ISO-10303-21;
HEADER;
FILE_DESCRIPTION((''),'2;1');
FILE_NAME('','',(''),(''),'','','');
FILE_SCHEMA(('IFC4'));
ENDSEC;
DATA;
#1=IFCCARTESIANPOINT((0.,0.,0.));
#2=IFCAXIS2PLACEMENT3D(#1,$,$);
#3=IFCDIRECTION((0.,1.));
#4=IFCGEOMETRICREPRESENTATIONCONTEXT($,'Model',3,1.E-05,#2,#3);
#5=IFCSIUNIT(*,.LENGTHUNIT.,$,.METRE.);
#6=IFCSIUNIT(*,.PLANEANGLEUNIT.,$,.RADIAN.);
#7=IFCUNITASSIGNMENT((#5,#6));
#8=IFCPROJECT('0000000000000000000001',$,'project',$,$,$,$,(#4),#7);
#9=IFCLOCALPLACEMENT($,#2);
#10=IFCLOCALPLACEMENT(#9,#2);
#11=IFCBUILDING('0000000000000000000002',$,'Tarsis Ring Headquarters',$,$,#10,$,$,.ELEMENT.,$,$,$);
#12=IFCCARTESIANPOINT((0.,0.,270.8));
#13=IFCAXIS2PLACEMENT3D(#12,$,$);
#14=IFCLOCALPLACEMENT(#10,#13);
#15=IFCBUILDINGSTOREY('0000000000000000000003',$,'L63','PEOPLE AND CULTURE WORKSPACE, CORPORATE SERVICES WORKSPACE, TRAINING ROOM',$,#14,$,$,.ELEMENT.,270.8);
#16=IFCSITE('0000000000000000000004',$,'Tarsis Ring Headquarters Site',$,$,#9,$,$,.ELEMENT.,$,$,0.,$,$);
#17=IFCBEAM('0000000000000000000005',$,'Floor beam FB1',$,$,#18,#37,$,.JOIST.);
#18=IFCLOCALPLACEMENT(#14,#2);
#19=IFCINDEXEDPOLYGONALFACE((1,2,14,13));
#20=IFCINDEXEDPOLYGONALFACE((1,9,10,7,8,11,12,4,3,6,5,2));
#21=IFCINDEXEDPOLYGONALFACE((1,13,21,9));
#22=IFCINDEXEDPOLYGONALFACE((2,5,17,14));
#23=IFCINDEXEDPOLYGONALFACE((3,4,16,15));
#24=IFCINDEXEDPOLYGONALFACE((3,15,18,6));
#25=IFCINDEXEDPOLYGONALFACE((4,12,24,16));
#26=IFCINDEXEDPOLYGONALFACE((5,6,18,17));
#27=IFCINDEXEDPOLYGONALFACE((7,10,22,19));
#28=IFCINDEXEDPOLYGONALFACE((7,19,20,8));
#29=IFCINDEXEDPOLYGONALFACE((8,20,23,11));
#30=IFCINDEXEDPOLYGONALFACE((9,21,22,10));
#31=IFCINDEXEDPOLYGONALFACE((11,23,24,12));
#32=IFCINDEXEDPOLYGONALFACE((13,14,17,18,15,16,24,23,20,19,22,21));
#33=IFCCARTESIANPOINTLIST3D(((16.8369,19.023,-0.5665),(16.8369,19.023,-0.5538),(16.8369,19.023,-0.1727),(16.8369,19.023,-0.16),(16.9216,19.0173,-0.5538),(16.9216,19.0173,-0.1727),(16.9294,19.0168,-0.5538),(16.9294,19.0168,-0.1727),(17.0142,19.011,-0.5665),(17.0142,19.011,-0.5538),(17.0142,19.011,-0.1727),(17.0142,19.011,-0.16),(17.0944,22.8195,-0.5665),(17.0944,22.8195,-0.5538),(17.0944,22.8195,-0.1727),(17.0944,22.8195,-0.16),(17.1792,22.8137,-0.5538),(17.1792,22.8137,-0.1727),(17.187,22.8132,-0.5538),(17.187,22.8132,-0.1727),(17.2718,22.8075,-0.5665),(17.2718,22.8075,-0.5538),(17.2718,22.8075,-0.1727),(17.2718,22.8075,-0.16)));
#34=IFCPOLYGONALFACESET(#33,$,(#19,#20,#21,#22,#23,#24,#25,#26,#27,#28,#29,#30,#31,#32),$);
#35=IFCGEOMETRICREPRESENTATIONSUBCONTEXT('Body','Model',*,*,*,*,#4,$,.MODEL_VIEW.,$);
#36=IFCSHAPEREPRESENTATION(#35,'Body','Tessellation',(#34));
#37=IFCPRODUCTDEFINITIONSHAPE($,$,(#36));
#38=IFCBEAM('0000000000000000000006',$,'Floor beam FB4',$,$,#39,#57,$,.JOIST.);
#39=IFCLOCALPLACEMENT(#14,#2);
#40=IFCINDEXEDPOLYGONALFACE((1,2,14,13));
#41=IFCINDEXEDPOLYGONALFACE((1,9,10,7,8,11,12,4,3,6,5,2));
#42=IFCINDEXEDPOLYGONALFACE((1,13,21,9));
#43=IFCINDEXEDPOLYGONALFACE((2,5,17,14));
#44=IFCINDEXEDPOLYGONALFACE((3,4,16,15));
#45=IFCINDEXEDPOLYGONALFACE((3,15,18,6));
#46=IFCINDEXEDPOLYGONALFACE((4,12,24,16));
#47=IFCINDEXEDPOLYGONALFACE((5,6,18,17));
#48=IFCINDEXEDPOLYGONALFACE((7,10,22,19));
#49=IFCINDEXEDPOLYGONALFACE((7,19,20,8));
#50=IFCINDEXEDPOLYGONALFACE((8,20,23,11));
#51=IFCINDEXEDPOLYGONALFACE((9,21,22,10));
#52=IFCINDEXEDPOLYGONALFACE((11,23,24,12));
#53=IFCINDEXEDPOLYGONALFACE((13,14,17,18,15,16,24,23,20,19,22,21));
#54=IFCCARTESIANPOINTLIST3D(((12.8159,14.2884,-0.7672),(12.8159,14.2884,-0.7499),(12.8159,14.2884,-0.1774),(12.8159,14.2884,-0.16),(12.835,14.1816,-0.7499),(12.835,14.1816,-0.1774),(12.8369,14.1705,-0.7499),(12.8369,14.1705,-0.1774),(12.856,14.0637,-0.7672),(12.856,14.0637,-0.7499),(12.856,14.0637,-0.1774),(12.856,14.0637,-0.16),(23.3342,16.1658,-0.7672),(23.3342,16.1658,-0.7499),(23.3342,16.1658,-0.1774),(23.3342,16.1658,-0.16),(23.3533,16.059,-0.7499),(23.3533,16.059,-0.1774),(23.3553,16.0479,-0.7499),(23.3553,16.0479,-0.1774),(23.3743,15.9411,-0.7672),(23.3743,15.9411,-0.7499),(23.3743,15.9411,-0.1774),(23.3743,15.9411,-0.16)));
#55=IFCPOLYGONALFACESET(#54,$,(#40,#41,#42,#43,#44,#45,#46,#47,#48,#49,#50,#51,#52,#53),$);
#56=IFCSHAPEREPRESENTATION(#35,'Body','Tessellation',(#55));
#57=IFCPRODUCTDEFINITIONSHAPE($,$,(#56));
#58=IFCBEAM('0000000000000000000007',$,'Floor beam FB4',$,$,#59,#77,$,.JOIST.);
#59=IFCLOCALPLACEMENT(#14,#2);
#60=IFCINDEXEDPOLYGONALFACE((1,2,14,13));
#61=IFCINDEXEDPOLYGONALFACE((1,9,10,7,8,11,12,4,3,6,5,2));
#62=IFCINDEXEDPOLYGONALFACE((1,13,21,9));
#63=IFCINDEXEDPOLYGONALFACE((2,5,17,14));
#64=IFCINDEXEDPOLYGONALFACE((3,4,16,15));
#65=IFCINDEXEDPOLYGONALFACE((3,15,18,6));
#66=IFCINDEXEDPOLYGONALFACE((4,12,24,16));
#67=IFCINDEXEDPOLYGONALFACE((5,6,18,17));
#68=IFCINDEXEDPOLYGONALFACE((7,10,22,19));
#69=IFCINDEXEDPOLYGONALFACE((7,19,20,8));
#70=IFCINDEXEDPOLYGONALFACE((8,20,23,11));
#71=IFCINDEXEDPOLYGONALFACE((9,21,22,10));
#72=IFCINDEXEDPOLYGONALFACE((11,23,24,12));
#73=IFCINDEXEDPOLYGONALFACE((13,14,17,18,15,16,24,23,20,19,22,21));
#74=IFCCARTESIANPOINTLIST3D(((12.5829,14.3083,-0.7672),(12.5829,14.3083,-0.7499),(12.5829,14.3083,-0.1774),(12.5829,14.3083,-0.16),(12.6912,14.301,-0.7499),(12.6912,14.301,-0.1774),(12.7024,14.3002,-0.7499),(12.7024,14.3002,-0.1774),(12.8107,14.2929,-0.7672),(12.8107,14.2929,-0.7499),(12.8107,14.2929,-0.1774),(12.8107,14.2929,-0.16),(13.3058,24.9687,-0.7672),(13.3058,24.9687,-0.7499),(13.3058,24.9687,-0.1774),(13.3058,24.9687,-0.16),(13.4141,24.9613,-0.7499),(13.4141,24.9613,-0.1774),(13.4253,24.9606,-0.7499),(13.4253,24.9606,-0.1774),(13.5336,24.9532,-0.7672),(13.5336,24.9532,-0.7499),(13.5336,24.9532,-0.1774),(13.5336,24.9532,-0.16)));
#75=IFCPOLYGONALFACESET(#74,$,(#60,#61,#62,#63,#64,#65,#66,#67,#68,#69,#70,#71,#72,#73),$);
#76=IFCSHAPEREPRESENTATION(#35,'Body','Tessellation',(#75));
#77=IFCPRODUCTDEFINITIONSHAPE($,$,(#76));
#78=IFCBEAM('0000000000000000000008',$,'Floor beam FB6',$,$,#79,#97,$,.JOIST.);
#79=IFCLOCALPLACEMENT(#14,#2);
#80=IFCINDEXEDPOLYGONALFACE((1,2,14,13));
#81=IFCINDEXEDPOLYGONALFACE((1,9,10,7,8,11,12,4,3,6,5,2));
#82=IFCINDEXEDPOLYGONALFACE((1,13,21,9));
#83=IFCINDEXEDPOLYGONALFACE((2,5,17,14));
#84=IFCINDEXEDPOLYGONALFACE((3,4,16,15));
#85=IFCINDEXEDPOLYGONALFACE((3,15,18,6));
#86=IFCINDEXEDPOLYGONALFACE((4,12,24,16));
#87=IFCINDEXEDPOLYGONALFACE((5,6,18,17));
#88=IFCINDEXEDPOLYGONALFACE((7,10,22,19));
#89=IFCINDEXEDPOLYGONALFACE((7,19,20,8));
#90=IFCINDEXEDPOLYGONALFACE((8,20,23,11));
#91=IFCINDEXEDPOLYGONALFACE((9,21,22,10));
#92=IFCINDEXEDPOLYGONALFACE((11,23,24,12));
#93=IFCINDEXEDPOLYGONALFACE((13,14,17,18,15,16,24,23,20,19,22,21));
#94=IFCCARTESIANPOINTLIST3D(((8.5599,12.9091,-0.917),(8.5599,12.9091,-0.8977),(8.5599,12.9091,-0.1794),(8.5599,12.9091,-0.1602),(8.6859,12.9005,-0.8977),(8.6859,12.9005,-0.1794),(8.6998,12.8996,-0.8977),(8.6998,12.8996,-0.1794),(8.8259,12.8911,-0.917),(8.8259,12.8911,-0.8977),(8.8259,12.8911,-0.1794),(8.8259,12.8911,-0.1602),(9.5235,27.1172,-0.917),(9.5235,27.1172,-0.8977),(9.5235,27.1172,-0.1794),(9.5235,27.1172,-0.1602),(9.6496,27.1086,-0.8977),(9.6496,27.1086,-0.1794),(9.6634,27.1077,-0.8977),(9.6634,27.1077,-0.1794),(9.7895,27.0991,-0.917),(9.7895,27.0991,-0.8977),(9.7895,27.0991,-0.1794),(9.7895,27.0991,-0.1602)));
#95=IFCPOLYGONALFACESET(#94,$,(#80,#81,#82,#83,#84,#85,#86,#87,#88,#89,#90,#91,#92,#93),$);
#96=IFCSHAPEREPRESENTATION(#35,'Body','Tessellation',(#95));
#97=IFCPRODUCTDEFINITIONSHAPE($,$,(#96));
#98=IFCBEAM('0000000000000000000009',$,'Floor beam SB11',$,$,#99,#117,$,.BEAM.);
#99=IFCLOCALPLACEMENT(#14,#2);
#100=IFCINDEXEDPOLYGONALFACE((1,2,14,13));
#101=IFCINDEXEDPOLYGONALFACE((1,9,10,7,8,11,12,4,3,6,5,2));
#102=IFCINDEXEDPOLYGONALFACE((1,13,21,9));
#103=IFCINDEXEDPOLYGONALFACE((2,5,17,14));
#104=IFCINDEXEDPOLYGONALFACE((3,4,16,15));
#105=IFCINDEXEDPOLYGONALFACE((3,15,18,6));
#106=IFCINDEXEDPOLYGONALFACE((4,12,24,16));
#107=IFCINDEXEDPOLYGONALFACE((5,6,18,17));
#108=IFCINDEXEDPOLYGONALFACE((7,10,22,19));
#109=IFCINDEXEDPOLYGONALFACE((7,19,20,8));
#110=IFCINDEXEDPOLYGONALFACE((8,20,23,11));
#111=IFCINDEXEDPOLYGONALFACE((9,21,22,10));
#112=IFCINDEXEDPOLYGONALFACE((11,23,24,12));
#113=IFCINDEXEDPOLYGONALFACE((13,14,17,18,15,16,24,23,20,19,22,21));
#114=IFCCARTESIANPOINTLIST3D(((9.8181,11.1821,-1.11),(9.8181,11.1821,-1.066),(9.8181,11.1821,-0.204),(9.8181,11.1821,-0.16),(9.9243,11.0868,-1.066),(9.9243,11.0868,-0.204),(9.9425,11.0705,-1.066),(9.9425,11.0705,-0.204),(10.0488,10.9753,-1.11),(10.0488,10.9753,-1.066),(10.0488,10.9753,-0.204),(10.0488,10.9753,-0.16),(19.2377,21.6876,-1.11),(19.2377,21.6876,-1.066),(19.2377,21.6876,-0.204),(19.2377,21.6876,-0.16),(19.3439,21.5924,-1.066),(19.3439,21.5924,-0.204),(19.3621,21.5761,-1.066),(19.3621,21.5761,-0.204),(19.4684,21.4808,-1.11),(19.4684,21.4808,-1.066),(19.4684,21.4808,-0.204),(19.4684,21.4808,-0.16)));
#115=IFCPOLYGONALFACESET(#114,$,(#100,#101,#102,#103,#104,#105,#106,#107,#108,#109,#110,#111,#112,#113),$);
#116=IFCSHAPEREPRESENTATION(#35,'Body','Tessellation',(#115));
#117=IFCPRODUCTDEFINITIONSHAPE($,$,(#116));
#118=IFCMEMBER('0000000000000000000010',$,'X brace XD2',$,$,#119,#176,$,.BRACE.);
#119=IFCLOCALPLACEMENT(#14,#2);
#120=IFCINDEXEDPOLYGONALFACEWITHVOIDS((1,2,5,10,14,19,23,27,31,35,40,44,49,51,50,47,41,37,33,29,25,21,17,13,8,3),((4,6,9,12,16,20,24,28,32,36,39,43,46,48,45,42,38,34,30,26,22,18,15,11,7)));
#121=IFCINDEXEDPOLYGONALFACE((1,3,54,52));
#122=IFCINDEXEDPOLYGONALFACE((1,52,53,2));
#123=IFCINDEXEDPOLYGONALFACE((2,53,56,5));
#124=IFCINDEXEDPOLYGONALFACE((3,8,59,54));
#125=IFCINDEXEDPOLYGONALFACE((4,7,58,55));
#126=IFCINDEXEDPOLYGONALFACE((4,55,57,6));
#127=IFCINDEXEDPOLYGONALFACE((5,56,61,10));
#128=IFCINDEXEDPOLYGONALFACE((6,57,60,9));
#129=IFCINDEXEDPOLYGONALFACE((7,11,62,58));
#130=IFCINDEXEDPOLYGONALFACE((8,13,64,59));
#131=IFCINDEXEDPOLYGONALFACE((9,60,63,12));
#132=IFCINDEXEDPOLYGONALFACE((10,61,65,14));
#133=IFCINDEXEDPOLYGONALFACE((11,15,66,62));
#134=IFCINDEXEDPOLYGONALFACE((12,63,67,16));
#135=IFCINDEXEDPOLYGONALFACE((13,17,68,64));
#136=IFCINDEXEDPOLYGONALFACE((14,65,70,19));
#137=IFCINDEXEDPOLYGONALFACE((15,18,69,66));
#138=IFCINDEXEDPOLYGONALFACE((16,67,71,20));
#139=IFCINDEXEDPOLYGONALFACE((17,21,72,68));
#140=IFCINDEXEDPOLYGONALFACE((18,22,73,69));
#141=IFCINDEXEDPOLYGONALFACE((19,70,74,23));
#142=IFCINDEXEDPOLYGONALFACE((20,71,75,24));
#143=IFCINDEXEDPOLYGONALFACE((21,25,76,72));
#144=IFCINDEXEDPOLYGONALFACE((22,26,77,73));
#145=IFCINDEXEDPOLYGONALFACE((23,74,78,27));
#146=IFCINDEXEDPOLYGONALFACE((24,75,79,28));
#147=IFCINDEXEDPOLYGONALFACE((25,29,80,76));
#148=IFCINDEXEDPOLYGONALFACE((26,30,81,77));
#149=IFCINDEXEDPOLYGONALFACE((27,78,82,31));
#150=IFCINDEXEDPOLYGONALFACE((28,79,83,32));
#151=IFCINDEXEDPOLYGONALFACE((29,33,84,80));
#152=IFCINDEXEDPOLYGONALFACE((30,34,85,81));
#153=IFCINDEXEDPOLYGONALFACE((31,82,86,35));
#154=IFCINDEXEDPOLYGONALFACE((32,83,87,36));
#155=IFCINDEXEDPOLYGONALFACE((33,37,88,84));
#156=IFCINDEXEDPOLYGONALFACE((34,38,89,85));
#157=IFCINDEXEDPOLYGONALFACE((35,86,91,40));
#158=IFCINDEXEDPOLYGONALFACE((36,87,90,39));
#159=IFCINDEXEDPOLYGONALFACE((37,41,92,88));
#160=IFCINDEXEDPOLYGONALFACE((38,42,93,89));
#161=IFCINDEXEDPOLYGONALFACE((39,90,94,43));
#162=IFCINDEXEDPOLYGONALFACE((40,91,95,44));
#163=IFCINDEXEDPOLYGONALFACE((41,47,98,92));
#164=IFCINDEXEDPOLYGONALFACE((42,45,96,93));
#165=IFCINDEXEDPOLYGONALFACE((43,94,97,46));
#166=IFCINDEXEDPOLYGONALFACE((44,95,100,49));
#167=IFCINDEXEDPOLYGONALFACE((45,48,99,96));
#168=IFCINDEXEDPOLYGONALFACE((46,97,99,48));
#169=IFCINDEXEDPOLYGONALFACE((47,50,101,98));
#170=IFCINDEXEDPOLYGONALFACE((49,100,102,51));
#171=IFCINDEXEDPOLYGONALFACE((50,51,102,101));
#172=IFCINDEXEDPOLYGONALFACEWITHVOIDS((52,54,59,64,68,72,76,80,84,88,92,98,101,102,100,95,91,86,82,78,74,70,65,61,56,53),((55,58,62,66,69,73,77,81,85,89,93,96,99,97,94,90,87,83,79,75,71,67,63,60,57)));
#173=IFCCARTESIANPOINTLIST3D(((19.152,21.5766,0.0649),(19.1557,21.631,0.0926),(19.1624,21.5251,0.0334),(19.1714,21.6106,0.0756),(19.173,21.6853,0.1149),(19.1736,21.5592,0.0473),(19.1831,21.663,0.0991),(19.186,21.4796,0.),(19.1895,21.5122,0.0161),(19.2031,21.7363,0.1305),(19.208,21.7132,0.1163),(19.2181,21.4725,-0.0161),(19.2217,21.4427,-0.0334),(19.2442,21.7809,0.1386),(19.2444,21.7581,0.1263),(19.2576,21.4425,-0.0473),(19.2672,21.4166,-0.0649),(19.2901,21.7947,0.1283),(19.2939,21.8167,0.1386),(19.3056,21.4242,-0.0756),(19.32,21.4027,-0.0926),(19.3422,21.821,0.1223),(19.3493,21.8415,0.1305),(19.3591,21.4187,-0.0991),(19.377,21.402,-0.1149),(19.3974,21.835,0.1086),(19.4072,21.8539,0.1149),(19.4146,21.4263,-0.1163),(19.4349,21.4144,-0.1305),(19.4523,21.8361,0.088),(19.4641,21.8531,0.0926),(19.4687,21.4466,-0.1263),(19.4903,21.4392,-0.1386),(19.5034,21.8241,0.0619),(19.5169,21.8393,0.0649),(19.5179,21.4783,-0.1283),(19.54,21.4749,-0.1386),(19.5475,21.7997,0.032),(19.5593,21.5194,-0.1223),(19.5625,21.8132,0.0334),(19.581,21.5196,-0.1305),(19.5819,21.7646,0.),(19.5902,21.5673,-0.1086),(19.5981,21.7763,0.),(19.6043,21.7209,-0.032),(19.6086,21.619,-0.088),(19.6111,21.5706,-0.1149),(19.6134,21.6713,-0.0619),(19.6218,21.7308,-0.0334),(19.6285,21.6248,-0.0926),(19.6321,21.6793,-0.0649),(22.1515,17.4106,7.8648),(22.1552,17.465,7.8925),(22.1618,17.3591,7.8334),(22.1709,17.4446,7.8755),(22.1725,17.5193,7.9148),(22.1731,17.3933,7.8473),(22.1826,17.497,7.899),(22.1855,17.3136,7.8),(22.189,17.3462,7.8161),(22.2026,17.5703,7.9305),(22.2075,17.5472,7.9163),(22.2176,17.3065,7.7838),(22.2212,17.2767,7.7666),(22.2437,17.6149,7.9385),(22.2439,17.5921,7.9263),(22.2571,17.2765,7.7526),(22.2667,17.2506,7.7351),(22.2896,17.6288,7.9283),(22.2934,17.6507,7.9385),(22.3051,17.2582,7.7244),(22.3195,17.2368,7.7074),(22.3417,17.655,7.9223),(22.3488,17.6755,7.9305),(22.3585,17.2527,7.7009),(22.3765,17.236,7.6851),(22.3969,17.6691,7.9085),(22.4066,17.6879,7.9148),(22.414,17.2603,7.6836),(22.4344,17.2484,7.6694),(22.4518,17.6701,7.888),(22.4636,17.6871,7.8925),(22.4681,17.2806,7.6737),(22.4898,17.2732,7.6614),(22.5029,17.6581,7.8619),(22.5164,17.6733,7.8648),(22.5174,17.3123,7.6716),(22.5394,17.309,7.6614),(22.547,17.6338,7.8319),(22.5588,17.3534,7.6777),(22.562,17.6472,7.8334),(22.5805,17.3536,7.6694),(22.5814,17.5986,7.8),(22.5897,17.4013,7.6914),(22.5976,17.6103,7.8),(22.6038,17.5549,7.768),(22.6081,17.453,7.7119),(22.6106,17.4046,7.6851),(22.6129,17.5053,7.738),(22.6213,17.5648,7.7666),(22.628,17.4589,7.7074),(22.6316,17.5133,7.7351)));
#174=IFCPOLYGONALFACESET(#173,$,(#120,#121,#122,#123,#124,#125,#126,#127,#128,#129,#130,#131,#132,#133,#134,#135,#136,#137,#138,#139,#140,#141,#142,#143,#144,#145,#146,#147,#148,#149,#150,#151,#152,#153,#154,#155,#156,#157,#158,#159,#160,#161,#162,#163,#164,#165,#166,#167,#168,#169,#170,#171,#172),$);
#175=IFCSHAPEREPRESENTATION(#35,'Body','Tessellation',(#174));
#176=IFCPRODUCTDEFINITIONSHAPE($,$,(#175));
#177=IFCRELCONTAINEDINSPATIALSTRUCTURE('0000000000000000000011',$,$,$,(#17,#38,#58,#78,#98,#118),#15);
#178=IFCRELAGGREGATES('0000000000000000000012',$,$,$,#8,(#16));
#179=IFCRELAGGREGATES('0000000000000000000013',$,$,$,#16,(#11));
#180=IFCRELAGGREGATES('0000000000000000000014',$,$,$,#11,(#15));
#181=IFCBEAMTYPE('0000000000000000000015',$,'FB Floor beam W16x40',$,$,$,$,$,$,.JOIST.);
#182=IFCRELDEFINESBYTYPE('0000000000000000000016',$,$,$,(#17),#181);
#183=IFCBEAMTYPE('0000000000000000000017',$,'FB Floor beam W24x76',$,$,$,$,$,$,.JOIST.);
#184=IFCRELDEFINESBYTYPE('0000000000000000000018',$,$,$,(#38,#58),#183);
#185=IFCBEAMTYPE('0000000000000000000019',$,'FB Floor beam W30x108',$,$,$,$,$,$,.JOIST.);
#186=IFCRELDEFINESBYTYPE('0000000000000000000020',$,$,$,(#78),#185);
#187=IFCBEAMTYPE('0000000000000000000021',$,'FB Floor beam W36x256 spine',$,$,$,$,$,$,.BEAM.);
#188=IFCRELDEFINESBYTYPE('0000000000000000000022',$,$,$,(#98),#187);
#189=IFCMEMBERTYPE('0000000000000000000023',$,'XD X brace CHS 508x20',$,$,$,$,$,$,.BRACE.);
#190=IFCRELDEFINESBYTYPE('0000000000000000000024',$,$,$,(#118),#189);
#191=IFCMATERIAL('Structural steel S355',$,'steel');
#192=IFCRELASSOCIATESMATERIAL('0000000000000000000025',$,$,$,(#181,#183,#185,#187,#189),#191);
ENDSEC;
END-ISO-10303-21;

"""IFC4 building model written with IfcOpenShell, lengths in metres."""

from ifc_helpers import new_model, si_unit, direction, frame, origin, origin_2d, place, context, subcontext, project, spatial, hollow_circle, i_section, extrude, material, material_profile, profile_set, type_object, element, save


model = new_model("IFC4")

# Units and contexts
model_context = context("Model", 3, precision=1e-05, world=origin(), true_north=direction((0.0, 1.0)))
body_context = subcontext(model_context, "Body", "Model", "MODEL_VIEW")
ifc_project = project(units=[si_unit("LENGTHUNIT", "METRE"), si_unit("PLANEANGLEUNIT", "RADIAN")], contexts=[model_context])

# Site, building, storey
site_placement = place(None, origin())
site = spatial("IfcSite", under=ifc_project, at=site_placement, Name="Tarsis Ring Headquarters Site", CompositionType="ELEMENT", RefElevation=0.0)
building_placement = place(site_placement, origin())
building = spatial("IfcBuilding", under=site, at=building_placement, Name="Tarsis Ring Headquarters", CompositionType="ELEMENT")
storey_placement = place(building_placement, frame((0.0, 0.0, 270.8)))
storey = spatial("IfcBuildingStorey", under=building, at=storey_placement, Name="L63", Description="PEOPLE AND CULTURE WORKSPACE, CORPORATE SERVICES WORKSPACE, TRAINING ROOM", CompositionType="ELEMENT", Elevation=270.8)

# Shared definitions
ifc_material_1 = material(Name="Structural steel S355", Category="steel")

# Beams
ifc_material_profile_1 = material_profile(ifc_material_1, i_section(OverallWidth=0.1777, OverallDepth=0.4065, WebThickness=0.0078, FlangeThickness=0.0127, at=origin_2d()), Name="W16x40")
ifc_profile_set_1 = profile_set([ifc_material_profile_1], Name="Structural steel S355")
beam_type_1 = type_object("IfcBeamType", Name="FB Floor beam W16x40", PredefinedType="JOIST", material=ifc_profile_set_1)
beam_1_placement = place(storey_placement, frame((17.1831, 22.8135, -0.3633), z_axis=(-0.06769, -0.997706, 0.0), x_axis=(0.997706, -0.06769, 0.0)))
element("IfcBeam", 1, at=beam_1_placement, inside=storey, type_object=beam_type_1, Name="Floor beam FB1", PredefinedType="JOIST", context=body_context, shape_type="SweptSolid", body=[
    extrude(i_section(OverallWidth=0.1777, OverallDepth=0.4065, WebThickness=0.0078, FlangeThickness=0.0127, at=origin_2d()), origin(), (0.0, 0.0, 1.0), 3.8052),
])
ifc_material_profile_2 = material_profile(ifc_material_1, i_section(OverallWidth=0.2283, OverallDepth=0.6072, WebThickness=0.0112, FlangeThickness=0.0173, at=origin_2d()), Name="W24x76")
ifc_profile_set_2 = profile_set([ifc_material_profile_2], Name="Structural steel S355")
beam_type_2 = type_object("IfcBeamType", Name="FB Floor beam W24x76", PredefinedType="JOIST", material=ifc_profile_set_2)
beam_2_placement = place(storey_placement, frame((12.8359, 14.176, -0.4636), z_axis=(0.984441, 0.175716, 0.0), x_axis=(-0.175716, 0.984441, 0.0)))
element("IfcBeam", 2, at=beam_2_placement, inside=storey, type_object=beam_type_2, Name="Floor beam FB4", PredefinedType="JOIST", context=body_context, shape_type="SweptSolid", body=[
    extrude(i_section(OverallWidth=0.2283, OverallDepth=0.6072, WebThickness=0.0112, FlangeThickness=0.0173, at=origin_2d()), origin(), (0.0, 0.0, 1.0), 10.6846),
])
beam_3_placement = place(storey_placement, frame((13.4197, 24.9609, -0.4636), z_axis=(-0.067656, -0.997709, 0.0), x_axis=(0.997709, -0.067656, 0.0)))
element("IfcBeam", 3, at=beam_3_placement, inside=storey, type_object=beam_type_2, Name="Floor beam FB4", PredefinedType="JOIST", context=body_context, shape_type="SweptSolid", body=[
    extrude(i_section(OverallWidth=0.2283, OverallDepth=0.6072, WebThickness=0.0112, FlangeThickness=0.0173, at=origin_2d()), origin(), (0.0, 0.0, 1.0), 10.6848),
])
ifc_material_profile_3 = material_profile(ifc_material_1, i_section(OverallWidth=0.2666, OverallDepth=0.7568, WebThickness=0.0139, FlangeThickness=0.0193, at=origin_2d()), Name="W30x108")
ifc_profile_set_3 = profile_set([ifc_material_profile_3], Name="Structural steel S355")
beam_type_3 = type_object("IfcBeamType", Name="FB Floor beam W30x108", PredefinedType="JOIST", material=ifc_profile_set_3)
beam_4_placement = place(storey_placement, frame((9.6565, 27.1082, -0.5386), z_axis=(-0.067667, -0.997708, 0.0), x_axis=(0.997708, -0.067667, 0.0)))
element("IfcBeam", 4, at=beam_4_placement, inside=storey, type_object=beam_type_3, Name="Floor beam FB6", PredefinedType="JOIST", context=body_context, shape_type="SweptSolid", body=[
    extrude(i_section(OverallWidth=0.2666, OverallDepth=0.7568, WebThickness=0.0139, FlangeThickness=0.0193, at=origin_2d()), origin(), (0.0, 0.0, 1.0), 14.2407),
])
ifc_material_profile_4 = material_profile(ifc_material_1, i_section(OverallWidth=0.3098, OverallDepth=0.95, WebThickness=0.0244, FlangeThickness=0.0439, at=origin_2d()), Name="W36x256")
ifc_profile_set_4 = profile_set([ifc_material_profile_4], Name="Structural steel S355")
beam_type_4 = type_object("IfcBeamType", Name="FB Floor beam W36x256 spine", PredefinedType="BEAM", material=ifc_profile_set_4)
beam_5_placement = place(storey_placement, frame((19.353, 21.5842, -0.635), z_axis=(-0.667578, -0.744539, 0.0), x_axis=(0.744539, -0.667578, 0.0)))
element("IfcBeam", 5, at=beam_5_placement, inside=storey, type_object=beam_type_4, Name="Floor beam SB11", PredefinedType="BEAM", context=body_context, shape_type="SweptSolid", body=[
    extrude(i_section(OverallWidth=0.3098, OverallDepth=0.95, WebThickness=0.0244, FlangeThickness=0.0439, at=origin_2d()), origin(), (0.0, 0.0, 1.0), 14.1101),
])

# Member
ifc_material_profile_5 = material_profile(ifc_material_1, hollow_circle(Radius=0.2539, WallThickness=0.02, at=origin_2d()), Name="CHS 508x20")
ifc_profile_set_5 = profile_set([ifc_material_profile_5], Name="Structural steel S355")
member_type = type_object("IfcMemberType", Name="XD X brace CHS 508x20", PredefinedType="BRACE", material=ifc_profile_set_5)
member_placement = place(storey_placement, frame((19.3921, 21.6279, 0.0), z_axis=(0.321224, -0.446148, 0.835325), x_axis=(0.811536, 0.584302, 0.0)))
element("IfcMember", 6, at=member_placement, inside=storey, type_object=member_type, Name="X brace XD2", PredefinedType="BRACE", context=body_context, shape_type="SweptSolid", body=[
    extrude(hollow_circle(Radius=0.2539, WallThickness=0.02, at=origin_2d()), origin(), (0.0, 0.0, 1.0), 9.3376),
])

save(model, "model.ifc")
